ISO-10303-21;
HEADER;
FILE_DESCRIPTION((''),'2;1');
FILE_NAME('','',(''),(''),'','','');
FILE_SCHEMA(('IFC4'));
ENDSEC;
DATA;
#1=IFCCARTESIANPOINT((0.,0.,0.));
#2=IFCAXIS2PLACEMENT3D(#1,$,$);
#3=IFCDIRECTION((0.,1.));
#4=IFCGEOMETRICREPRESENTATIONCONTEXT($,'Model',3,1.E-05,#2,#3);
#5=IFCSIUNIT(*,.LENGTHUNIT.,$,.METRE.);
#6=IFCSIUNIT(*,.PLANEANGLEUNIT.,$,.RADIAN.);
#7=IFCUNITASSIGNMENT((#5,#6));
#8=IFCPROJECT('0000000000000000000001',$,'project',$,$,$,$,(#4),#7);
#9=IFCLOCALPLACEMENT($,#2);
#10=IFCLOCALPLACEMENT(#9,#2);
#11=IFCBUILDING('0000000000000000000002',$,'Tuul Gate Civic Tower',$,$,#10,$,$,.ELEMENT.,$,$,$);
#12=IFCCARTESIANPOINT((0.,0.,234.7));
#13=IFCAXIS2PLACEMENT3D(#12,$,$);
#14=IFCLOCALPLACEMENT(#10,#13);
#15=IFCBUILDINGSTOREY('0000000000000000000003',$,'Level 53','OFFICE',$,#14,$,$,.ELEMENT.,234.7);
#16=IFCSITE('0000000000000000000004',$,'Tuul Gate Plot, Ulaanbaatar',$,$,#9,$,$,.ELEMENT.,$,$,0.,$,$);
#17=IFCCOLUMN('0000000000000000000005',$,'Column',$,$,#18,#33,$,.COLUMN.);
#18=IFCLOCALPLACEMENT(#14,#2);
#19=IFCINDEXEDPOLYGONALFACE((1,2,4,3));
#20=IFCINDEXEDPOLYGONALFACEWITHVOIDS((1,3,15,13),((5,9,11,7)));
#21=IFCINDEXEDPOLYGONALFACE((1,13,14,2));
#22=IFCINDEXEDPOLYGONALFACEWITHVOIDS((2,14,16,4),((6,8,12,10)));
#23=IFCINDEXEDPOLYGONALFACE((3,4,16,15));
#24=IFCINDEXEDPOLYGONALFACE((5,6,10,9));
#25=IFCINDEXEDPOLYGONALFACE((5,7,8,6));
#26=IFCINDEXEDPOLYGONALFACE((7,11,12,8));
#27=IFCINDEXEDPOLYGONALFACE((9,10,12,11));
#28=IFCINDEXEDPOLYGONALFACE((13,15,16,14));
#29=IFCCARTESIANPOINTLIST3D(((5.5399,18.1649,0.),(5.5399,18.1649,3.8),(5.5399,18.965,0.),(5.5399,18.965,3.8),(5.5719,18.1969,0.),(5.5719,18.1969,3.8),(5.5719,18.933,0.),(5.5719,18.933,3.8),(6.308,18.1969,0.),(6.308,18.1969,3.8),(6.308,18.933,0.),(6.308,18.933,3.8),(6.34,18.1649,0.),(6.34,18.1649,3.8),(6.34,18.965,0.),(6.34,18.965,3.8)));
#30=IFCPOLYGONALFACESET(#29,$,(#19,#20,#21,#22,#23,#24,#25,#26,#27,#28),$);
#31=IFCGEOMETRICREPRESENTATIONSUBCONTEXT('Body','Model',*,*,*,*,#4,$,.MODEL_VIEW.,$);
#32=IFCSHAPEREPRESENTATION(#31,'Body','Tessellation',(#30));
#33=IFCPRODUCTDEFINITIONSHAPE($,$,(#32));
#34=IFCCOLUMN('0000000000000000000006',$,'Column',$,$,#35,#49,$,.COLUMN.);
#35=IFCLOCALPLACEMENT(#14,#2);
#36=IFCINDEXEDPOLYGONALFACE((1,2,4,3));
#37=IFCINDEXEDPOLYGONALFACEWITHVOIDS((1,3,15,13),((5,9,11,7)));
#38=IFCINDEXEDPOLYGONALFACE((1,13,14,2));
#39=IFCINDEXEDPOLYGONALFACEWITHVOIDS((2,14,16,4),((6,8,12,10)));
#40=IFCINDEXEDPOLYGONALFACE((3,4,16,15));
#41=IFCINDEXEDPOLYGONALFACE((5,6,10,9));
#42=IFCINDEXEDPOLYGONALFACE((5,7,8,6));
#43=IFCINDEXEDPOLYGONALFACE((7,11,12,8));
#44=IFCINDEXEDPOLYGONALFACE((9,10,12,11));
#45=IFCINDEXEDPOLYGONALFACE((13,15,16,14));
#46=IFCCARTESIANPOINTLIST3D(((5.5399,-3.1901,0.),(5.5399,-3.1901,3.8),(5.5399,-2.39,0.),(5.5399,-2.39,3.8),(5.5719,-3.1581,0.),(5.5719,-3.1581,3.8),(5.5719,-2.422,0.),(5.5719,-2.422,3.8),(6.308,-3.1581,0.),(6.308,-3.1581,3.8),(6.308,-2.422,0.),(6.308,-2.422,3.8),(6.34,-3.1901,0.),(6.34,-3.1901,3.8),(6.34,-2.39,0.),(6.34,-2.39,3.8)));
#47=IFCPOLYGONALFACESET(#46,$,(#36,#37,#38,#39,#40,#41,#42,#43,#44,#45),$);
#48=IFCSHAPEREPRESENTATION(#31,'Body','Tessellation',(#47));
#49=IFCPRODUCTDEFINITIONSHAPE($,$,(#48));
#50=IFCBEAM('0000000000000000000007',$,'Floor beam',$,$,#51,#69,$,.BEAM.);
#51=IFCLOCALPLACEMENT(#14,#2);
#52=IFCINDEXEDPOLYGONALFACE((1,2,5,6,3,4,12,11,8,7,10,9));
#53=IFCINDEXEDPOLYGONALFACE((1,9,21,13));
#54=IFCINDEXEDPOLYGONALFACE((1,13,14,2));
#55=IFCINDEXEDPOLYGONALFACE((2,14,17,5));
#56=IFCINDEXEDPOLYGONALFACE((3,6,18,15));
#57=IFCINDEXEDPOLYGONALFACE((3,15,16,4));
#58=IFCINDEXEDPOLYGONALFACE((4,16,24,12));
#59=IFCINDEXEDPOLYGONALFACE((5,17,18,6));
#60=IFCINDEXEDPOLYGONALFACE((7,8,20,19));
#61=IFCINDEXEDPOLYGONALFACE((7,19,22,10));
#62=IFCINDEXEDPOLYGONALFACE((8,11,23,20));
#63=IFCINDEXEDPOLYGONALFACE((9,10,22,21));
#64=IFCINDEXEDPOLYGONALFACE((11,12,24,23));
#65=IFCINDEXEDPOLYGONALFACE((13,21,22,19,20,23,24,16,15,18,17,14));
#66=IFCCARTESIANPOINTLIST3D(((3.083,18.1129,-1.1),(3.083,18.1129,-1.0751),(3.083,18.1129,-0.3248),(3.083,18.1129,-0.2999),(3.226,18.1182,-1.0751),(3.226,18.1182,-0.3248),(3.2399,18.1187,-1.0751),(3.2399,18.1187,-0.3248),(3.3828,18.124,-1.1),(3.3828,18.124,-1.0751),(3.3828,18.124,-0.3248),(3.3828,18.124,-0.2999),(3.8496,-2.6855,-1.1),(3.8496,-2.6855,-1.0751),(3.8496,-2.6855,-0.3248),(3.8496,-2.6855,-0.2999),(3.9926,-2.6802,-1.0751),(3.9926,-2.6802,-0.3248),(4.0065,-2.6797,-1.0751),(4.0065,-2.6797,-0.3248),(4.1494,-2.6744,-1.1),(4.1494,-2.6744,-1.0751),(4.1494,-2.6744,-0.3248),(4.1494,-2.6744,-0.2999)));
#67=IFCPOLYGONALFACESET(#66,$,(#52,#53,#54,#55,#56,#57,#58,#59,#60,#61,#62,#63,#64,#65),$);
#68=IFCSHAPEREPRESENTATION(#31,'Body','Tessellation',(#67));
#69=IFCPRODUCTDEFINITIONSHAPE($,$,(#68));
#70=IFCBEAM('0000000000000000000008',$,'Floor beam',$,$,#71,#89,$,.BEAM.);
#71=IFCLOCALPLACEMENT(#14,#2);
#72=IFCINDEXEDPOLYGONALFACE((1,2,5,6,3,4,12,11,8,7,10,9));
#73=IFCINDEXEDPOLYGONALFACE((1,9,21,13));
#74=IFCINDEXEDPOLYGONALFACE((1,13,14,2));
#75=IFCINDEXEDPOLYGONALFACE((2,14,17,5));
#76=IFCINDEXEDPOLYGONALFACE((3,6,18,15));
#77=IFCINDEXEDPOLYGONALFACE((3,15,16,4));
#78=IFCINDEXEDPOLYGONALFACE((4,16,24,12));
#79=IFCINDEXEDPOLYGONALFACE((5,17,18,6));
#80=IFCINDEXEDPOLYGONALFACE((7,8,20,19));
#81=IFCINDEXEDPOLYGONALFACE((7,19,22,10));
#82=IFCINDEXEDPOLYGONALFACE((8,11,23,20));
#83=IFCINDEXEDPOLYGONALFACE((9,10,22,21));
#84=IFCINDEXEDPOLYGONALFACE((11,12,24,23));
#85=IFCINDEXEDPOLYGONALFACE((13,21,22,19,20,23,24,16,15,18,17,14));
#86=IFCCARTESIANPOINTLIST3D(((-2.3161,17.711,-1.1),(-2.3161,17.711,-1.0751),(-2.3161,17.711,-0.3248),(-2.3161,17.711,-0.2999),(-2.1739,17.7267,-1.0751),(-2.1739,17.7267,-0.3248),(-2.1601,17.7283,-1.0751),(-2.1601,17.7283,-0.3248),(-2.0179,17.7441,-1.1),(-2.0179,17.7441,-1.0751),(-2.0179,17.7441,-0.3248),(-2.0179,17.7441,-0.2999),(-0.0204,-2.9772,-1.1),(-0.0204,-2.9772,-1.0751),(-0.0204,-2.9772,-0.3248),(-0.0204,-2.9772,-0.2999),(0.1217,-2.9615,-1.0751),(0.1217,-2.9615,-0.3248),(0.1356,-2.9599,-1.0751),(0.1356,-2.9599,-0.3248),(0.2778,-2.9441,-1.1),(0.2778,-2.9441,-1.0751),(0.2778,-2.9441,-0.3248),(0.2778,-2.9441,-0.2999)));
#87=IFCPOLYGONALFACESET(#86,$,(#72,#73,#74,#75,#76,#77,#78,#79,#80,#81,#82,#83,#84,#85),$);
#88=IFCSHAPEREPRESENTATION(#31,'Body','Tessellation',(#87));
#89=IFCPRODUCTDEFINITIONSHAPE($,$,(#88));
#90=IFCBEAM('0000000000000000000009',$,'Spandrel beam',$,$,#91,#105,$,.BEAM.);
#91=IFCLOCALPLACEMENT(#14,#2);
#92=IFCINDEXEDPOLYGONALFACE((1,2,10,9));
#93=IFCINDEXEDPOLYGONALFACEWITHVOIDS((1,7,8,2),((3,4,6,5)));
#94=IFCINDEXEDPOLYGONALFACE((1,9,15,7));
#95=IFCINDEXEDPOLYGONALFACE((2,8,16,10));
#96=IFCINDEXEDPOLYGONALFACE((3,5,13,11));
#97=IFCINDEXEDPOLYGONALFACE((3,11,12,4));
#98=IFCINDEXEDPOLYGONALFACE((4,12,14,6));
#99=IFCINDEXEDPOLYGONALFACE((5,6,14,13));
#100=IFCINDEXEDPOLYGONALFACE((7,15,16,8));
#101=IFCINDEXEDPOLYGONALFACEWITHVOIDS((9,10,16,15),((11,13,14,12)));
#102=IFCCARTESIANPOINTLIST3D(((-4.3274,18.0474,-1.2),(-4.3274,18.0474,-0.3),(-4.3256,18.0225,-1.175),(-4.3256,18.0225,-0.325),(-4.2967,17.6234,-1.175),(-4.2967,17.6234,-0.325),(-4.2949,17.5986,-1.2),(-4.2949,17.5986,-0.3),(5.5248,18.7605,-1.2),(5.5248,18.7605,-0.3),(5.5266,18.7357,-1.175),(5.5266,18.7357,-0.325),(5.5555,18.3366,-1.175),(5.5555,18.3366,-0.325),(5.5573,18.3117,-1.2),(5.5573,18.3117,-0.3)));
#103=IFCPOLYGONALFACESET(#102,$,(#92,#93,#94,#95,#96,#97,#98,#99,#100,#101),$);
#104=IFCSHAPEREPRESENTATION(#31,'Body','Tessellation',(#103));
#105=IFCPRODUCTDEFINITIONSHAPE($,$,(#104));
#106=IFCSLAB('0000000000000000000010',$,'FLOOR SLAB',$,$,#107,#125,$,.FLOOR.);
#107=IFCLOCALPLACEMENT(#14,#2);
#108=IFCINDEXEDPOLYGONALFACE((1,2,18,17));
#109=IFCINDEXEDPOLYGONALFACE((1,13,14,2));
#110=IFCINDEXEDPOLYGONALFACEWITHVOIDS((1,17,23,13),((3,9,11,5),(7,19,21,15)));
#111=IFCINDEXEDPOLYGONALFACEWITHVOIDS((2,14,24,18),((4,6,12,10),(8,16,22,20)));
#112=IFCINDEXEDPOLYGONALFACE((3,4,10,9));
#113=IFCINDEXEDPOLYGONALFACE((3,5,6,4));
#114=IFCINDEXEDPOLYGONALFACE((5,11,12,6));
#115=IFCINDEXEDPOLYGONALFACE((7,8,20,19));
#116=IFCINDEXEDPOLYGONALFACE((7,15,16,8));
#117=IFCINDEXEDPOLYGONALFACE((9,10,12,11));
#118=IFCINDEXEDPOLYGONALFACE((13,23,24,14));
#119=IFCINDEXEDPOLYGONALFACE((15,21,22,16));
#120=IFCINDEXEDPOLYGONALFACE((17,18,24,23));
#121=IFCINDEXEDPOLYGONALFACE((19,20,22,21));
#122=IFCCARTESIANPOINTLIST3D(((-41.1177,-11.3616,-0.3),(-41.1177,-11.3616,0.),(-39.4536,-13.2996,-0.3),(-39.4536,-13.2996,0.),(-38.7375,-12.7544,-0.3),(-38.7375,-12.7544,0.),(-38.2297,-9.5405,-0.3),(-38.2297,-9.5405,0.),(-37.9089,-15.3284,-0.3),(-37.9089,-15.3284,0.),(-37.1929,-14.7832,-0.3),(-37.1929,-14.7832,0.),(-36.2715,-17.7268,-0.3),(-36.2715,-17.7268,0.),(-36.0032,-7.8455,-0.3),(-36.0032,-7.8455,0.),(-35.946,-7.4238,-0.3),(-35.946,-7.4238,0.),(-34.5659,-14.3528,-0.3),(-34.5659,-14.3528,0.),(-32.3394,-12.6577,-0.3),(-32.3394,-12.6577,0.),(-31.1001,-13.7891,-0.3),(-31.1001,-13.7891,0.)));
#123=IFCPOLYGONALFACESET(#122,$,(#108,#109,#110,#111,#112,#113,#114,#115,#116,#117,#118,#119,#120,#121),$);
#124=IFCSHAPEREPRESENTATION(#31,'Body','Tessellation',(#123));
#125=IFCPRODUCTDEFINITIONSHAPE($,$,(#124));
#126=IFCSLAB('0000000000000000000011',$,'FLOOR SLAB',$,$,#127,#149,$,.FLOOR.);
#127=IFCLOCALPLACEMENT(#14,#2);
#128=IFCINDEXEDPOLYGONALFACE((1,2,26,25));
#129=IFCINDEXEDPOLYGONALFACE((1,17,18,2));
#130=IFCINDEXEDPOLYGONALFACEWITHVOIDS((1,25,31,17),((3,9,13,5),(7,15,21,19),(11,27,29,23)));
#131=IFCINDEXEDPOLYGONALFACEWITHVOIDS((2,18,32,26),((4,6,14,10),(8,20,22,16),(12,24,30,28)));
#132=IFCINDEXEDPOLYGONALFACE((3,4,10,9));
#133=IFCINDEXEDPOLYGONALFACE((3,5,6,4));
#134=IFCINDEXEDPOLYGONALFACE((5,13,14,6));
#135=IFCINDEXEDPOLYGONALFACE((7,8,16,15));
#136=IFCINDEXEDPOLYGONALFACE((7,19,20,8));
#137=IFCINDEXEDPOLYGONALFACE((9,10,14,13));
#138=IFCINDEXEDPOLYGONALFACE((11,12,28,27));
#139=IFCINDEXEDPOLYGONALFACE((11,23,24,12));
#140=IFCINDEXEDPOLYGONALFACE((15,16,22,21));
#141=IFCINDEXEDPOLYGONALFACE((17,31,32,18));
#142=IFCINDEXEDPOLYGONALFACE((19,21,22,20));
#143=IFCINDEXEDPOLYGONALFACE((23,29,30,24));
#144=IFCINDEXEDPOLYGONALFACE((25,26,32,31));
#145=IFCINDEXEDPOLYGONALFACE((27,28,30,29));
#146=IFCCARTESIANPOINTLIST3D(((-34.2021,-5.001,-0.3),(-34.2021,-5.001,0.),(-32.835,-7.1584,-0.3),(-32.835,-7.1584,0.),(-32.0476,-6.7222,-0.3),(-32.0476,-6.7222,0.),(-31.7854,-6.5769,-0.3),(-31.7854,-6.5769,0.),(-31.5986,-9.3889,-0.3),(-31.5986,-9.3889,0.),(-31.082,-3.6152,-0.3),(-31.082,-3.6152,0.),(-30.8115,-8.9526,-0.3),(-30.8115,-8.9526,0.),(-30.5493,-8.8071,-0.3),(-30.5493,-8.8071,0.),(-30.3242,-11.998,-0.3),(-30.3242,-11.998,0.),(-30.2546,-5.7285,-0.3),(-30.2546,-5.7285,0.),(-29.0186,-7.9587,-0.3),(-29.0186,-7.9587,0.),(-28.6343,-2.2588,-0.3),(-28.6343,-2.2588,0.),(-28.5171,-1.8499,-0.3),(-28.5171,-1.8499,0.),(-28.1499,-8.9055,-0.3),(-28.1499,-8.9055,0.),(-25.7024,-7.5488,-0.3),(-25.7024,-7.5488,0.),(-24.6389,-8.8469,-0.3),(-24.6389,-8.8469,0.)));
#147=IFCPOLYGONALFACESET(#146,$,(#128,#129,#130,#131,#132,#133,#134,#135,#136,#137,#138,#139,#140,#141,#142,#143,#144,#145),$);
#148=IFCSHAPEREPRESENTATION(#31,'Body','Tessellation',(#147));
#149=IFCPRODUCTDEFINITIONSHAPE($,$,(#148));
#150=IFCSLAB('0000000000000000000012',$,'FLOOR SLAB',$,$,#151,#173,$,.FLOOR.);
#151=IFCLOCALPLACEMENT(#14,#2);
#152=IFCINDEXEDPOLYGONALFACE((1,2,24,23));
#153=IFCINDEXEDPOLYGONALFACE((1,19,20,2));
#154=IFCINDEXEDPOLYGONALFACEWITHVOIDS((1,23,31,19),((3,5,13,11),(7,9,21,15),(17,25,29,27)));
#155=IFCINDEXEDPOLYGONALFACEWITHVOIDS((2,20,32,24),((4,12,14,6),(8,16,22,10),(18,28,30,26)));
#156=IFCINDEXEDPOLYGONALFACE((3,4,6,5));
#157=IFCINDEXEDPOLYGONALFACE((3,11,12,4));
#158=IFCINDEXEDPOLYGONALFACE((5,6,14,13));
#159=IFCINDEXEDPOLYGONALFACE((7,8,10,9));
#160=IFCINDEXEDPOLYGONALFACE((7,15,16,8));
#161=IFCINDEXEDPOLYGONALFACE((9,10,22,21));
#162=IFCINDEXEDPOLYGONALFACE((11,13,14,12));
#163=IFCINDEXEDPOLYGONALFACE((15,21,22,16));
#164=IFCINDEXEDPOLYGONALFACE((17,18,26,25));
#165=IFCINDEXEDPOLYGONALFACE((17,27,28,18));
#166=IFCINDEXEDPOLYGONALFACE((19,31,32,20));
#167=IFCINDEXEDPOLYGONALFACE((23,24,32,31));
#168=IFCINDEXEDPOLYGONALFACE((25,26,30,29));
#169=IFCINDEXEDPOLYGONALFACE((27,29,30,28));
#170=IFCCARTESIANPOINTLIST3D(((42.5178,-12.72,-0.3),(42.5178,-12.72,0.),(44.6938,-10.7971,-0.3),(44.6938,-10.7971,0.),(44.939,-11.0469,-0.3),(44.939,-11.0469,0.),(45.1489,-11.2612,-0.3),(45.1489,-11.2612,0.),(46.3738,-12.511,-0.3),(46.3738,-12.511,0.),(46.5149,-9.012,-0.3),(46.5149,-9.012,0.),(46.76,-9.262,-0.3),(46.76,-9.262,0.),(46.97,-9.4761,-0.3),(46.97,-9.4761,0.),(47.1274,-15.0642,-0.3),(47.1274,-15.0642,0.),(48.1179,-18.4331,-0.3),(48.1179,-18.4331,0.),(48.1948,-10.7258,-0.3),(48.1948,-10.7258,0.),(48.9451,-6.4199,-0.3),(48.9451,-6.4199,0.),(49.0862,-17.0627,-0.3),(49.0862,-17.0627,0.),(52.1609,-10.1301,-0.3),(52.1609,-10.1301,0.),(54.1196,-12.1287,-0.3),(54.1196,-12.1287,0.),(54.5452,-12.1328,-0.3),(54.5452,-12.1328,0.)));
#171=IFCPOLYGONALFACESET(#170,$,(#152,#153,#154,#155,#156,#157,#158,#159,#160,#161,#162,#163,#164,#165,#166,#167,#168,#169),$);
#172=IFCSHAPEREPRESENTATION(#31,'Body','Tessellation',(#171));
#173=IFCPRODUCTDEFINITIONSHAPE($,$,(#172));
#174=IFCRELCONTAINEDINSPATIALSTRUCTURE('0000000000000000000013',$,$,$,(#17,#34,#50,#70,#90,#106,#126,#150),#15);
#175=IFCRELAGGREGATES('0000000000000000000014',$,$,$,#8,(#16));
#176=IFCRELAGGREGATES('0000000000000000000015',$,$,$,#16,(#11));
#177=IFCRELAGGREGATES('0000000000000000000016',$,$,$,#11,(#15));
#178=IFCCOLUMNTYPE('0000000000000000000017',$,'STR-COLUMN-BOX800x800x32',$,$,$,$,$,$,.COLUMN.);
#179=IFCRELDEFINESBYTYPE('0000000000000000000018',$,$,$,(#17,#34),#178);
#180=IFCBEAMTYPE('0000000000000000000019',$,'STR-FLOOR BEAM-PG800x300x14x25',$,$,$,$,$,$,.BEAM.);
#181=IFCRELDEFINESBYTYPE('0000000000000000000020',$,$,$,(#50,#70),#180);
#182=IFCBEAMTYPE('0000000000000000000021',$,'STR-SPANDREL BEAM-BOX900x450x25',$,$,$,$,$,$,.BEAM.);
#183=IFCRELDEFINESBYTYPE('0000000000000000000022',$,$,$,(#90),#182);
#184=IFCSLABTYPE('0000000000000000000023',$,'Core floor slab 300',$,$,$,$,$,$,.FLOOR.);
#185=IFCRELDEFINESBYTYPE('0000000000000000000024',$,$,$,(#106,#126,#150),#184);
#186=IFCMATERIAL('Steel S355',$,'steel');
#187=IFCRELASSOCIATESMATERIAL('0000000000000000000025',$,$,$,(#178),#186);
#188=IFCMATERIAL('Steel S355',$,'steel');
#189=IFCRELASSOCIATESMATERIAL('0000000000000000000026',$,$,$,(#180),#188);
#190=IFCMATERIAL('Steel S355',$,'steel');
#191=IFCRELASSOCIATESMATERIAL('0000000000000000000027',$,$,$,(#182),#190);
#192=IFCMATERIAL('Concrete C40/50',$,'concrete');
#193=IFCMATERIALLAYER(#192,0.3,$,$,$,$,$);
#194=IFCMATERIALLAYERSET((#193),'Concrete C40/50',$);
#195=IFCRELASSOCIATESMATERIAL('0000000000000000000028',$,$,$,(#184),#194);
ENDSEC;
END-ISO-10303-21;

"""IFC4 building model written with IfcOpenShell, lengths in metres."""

from ifc_helpers import new_model, si_unit, direction, frame, origin, origin_2d, place, context, subcontext, project, spatial, polyline, hollow_rectangle, i_section, outline, extrude, material, layer, layer_set, material_profile, profile_set, type_object, element, save


model = new_model("IFC4")

# Units and contexts
model_context = context("Model", 3, precision=1e-05, world=origin(), true_north=direction((0.0, 1.0)))
body_context = subcontext(model_context, "Body", "Model", "MODEL_VIEW")
ifc_project = project(units=[si_unit("LENGTHUNIT", "METRE"), si_unit("PLANEANGLEUNIT", "RADIAN")], contexts=[model_context])

# Site, building, storey
site_placement = place(None, origin())
site = spatial("IfcSite", under=ifc_project, at=site_placement, Name="Tuul Gate Plot, Ulaanbaatar", CompositionType="ELEMENT", RefElevation=0.0)
building_placement = place(site_placement, origin())
building = spatial("IfcBuilding", under=site, at=building_placement, Name="Tuul Gate Civic Tower", CompositionType="ELEMENT")
storey_placement = place(building_placement, frame((0.0, 0.0, 234.7)))
storey = spatial("IfcBuildingStorey", under=building, at=storey_placement, Name="Level 53", Description="OFFICE", CompositionType="ELEMENT", Elevation=234.7)

# Columns
ifc_material_1 = material(Name="Steel S355", Category="steel")
ifc_material_profile_1 = material_profile(ifc_material_1, hollow_rectangle(XDim=0.8, YDim=0.8, WallThickness=0.032, at=origin_2d()), Name="BOX800x800x32")
ifc_profile_set_1 = profile_set([ifc_material_profile_1], Name="Steel S355")
column_type = type_object("IfcColumnType", Name="STR-COLUMN-BOX800x800x32", PredefinedType="COLUMN", material=ifc_profile_set_1)
for number, where, z_axis, x_axis, name in (
    (1, (5.9399, 18.5649, 0.0), (0.0, 0.0, 1.0), (1.0, 0.0, 0.0), "Column"),
    (2, (5.9399, -2.79, 0.0), (0.0, 0.0, 1.0), (1.0, 0.0, 0.0), "Column"),
):
    element("IfcColumn", number, at=place(storey_placement, frame(where, z_axis=z_axis, x_axis=x_axis)), inside=storey, type_object=column_type, Name=name, PredefinedType="COLUMN", context=body_context, shape_type="SweptSolid", body=[
        extrude(hollow_rectangle(XDim=0.8, YDim=0.8, WallThickness=0.032, at=origin_2d()), origin(), (0.0, 0.0, 1.0), 3.8),
    ])

# Beams
ifc_material_2 = material(Name="Steel S355", Category="steel")
ifc_material_profile_2 = material_profile(ifc_material_2, i_section(OverallWidth=0.3, OverallDepth=0.8, WebThickness=0.0139, FlangeThickness=0.0249, at=origin_2d()), Name="PG800x300x14x25")
ifc_profile_set_2 = profile_set([ifc_material_profile_2], Name="Steel S355")
beam_type_1 = type_object("IfcBeamType", Name="STR-FLOOR BEAM-PG800x300x14x25", PredefinedType="BEAM", material=ifc_profile_set_2)
beam_1_placement = place(storey_placement, frame((3.9995, -2.6799, -0.7), z_axis=(-0.036834, 0.999321, 0.0), x_axis=(-0.999321, -0.036834, 0.0)))
element("IfcBeam", 3, at=beam_1_placement, inside=storey, type_object=beam_type_1, Name="Floor beam", PredefinedType="BEAM", context=body_context, shape_type="SweptSolid", body=[
    extrude(i_section(OverallWidth=0.3, OverallDepth=0.8, WebThickness=0.0139, FlangeThickness=0.0249, at=origin_2d()), origin(), (0.0, 0.0, 1.0), 20.8125),
])
beam_2_placement = place(storey_placement, frame((0.1287, -2.9607, -0.7), z_axis=(-0.110287, 0.9939, 0.0), x_axis=(-0.9939, -0.110287, 0.0)))
element("IfcBeam", 4, at=beam_2_placement, inside=storey, type_object=beam_type_1, Name="Floor beam", PredefinedType="BEAM", context=body_context, shape_type="SweptSolid", body=[
    extrude(i_section(OverallWidth=0.3, OverallDepth=0.8, WebThickness=0.0139, FlangeThickness=0.0249, at=origin_2d()), origin(), (0.0, 0.0, 1.0), 20.8152),
])
ifc_material_3 = material(Name="Steel S355", Category="steel")
ifc_material_profile_3 = material_profile(ifc_material_3, hollow_rectangle(XDim=0.45, YDim=0.8999, WallThickness=0.0249, at=origin_2d()), Name="BOX900x450x25")
ifc_profile_set_3 = profile_set([ifc_material_profile_3], Name="Steel S355")
beam_type_2 = type_object("IfcBeamType", Name="STR-SPANDREL BEAM-BOX900x450x25", PredefinedType="BEAM", material=ifc_profile_set_3)
beam_3_placement = place(storey_placement, frame((5.541, 18.5361, -0.75), z_axis=(-0.99739, -0.072196, 0.0), x_axis=(0.072196, -0.99739, 0.0)))
element("IfcBeam", 5, at=beam_3_placement, inside=storey, type_object=beam_type_2, Name="Spandrel beam", PredefinedType="BEAM", context=body_context, shape_type="SweptSolid", body=[
    extrude(hollow_rectangle(XDim=0.45, YDim=0.8999, WallThickness=0.0249, at=origin_2d()), origin(), (0.0, 0.0, 1.0), 9.8779),
])

# Slabs
ifc_material_4 = material(Name="Concrete C40/50", Category="concrete")
ifc_layer_1 = layer(ifc_material_4, 0.3)
ifc_layer_set_1 = layer_set([ifc_layer_1], Name="Concrete C40/50")
slab_type_1 = type_object("IfcSlabType", Name="Core floor slab 300", PredefinedType="FLOOR", material=ifc_layer_set_1)
slab_1_placement = place(storey_placement, frame((0.0, 0.0, -0.3)))
element("IfcSlab", 6, at=slab_1_placement, inside=storey, type_object=slab_type_1, Name="FLOOR SLAB", PredefinedType="FLOOR", context=body_context, shape_type="SweptSolid", body=[
    extrude(outline(polyline([(-31.1001, -13.7891), (-35.946, -7.4238), (-41.1177, -11.3616), (-36.2715, -17.7268), (-31.1001, -13.7891)]), holes=[polyline([(-37.1929, -14.7832), (-38.7375, -12.7544), (-39.4536, -13.2996), (-37.9089, -15.3284), (-37.1929, -14.7832)]), polyline([(-32.3394, -12.6577), (-34.5659, -14.3528), (-38.2297, -9.5405), (-36.0032, -7.8455), (-32.3394, -12.6577)])]), origin(), (0.0, 0.0, 1.0), 0.3),
])
slab_2_placement = place(storey_placement, frame((0.0, 0.0, -0.3)))
element("IfcSlab", 7, at=slab_2_placement, inside=storey, type_object=slab_type_1, Name="FLOOR SLAB", PredefinedType="FLOOR", context=body_context, shape_type="SweptSolid", body=[
    extrude(outline(polyline([(-24.6389, -8.8469), (-28.5171, -1.8499), (-34.2021, -5.001), (-30.3242, -11.998), (-24.6389, -8.8469)]), holes=[polyline([(-29.0186, -7.9587), (-30.2546, -5.7285), (-31.7854, -6.5769), (-30.5493, -8.8071), (-29.0186, -7.9587)]), polyline([(-30.8115, -8.9526), (-32.0476, -6.7222), (-32.835, -7.1584), (-31.5986, -9.3889), (-30.8115, -8.9526)]), polyline([(-25.7024, -7.5488), (-28.1499, -8.9055), (-31.082, -3.6152), (-28.6343, -2.2588), (-25.7024, -7.5488)])]), origin(), (0.0, 0.0, 1.0), 0.3),
])
slab_3_placement = place(storey_placement, frame((0.0, 0.0, -0.3)))
element("IfcSlab", 8, at=slab_3_placement, inside=storey, type_object=slab_type_1, Name="FLOOR SLAB", PredefinedType="FLOOR", context=body_context, shape_type="SweptSolid", body=[
    extrude(outline(polyline([(48.1179, -18.4331), (54.5452, -12.1328), (48.9451, -6.4199), (42.5178, -12.72), (48.1179, -18.4331)]), holes=[polyline([(46.3738, -12.511), (48.1948, -10.7258), (46.97, -9.4761), (45.1489, -11.2612), (46.3738, -12.511)]), polyline([(44.939, -11.0469), (46.76, -9.262), (46.5149, -9.012), (44.6938, -10.7971), (44.939, -11.0469)]), polyline([(49.0862, -17.0627), (47.1274, -15.0642), (52.1609, -10.1301), (54.1196, -12.1287), (49.0862, -17.0627)])]), origin(), (0.0, 0.0, 1.0), 0.3),
])

save(model, "model.ifc")
